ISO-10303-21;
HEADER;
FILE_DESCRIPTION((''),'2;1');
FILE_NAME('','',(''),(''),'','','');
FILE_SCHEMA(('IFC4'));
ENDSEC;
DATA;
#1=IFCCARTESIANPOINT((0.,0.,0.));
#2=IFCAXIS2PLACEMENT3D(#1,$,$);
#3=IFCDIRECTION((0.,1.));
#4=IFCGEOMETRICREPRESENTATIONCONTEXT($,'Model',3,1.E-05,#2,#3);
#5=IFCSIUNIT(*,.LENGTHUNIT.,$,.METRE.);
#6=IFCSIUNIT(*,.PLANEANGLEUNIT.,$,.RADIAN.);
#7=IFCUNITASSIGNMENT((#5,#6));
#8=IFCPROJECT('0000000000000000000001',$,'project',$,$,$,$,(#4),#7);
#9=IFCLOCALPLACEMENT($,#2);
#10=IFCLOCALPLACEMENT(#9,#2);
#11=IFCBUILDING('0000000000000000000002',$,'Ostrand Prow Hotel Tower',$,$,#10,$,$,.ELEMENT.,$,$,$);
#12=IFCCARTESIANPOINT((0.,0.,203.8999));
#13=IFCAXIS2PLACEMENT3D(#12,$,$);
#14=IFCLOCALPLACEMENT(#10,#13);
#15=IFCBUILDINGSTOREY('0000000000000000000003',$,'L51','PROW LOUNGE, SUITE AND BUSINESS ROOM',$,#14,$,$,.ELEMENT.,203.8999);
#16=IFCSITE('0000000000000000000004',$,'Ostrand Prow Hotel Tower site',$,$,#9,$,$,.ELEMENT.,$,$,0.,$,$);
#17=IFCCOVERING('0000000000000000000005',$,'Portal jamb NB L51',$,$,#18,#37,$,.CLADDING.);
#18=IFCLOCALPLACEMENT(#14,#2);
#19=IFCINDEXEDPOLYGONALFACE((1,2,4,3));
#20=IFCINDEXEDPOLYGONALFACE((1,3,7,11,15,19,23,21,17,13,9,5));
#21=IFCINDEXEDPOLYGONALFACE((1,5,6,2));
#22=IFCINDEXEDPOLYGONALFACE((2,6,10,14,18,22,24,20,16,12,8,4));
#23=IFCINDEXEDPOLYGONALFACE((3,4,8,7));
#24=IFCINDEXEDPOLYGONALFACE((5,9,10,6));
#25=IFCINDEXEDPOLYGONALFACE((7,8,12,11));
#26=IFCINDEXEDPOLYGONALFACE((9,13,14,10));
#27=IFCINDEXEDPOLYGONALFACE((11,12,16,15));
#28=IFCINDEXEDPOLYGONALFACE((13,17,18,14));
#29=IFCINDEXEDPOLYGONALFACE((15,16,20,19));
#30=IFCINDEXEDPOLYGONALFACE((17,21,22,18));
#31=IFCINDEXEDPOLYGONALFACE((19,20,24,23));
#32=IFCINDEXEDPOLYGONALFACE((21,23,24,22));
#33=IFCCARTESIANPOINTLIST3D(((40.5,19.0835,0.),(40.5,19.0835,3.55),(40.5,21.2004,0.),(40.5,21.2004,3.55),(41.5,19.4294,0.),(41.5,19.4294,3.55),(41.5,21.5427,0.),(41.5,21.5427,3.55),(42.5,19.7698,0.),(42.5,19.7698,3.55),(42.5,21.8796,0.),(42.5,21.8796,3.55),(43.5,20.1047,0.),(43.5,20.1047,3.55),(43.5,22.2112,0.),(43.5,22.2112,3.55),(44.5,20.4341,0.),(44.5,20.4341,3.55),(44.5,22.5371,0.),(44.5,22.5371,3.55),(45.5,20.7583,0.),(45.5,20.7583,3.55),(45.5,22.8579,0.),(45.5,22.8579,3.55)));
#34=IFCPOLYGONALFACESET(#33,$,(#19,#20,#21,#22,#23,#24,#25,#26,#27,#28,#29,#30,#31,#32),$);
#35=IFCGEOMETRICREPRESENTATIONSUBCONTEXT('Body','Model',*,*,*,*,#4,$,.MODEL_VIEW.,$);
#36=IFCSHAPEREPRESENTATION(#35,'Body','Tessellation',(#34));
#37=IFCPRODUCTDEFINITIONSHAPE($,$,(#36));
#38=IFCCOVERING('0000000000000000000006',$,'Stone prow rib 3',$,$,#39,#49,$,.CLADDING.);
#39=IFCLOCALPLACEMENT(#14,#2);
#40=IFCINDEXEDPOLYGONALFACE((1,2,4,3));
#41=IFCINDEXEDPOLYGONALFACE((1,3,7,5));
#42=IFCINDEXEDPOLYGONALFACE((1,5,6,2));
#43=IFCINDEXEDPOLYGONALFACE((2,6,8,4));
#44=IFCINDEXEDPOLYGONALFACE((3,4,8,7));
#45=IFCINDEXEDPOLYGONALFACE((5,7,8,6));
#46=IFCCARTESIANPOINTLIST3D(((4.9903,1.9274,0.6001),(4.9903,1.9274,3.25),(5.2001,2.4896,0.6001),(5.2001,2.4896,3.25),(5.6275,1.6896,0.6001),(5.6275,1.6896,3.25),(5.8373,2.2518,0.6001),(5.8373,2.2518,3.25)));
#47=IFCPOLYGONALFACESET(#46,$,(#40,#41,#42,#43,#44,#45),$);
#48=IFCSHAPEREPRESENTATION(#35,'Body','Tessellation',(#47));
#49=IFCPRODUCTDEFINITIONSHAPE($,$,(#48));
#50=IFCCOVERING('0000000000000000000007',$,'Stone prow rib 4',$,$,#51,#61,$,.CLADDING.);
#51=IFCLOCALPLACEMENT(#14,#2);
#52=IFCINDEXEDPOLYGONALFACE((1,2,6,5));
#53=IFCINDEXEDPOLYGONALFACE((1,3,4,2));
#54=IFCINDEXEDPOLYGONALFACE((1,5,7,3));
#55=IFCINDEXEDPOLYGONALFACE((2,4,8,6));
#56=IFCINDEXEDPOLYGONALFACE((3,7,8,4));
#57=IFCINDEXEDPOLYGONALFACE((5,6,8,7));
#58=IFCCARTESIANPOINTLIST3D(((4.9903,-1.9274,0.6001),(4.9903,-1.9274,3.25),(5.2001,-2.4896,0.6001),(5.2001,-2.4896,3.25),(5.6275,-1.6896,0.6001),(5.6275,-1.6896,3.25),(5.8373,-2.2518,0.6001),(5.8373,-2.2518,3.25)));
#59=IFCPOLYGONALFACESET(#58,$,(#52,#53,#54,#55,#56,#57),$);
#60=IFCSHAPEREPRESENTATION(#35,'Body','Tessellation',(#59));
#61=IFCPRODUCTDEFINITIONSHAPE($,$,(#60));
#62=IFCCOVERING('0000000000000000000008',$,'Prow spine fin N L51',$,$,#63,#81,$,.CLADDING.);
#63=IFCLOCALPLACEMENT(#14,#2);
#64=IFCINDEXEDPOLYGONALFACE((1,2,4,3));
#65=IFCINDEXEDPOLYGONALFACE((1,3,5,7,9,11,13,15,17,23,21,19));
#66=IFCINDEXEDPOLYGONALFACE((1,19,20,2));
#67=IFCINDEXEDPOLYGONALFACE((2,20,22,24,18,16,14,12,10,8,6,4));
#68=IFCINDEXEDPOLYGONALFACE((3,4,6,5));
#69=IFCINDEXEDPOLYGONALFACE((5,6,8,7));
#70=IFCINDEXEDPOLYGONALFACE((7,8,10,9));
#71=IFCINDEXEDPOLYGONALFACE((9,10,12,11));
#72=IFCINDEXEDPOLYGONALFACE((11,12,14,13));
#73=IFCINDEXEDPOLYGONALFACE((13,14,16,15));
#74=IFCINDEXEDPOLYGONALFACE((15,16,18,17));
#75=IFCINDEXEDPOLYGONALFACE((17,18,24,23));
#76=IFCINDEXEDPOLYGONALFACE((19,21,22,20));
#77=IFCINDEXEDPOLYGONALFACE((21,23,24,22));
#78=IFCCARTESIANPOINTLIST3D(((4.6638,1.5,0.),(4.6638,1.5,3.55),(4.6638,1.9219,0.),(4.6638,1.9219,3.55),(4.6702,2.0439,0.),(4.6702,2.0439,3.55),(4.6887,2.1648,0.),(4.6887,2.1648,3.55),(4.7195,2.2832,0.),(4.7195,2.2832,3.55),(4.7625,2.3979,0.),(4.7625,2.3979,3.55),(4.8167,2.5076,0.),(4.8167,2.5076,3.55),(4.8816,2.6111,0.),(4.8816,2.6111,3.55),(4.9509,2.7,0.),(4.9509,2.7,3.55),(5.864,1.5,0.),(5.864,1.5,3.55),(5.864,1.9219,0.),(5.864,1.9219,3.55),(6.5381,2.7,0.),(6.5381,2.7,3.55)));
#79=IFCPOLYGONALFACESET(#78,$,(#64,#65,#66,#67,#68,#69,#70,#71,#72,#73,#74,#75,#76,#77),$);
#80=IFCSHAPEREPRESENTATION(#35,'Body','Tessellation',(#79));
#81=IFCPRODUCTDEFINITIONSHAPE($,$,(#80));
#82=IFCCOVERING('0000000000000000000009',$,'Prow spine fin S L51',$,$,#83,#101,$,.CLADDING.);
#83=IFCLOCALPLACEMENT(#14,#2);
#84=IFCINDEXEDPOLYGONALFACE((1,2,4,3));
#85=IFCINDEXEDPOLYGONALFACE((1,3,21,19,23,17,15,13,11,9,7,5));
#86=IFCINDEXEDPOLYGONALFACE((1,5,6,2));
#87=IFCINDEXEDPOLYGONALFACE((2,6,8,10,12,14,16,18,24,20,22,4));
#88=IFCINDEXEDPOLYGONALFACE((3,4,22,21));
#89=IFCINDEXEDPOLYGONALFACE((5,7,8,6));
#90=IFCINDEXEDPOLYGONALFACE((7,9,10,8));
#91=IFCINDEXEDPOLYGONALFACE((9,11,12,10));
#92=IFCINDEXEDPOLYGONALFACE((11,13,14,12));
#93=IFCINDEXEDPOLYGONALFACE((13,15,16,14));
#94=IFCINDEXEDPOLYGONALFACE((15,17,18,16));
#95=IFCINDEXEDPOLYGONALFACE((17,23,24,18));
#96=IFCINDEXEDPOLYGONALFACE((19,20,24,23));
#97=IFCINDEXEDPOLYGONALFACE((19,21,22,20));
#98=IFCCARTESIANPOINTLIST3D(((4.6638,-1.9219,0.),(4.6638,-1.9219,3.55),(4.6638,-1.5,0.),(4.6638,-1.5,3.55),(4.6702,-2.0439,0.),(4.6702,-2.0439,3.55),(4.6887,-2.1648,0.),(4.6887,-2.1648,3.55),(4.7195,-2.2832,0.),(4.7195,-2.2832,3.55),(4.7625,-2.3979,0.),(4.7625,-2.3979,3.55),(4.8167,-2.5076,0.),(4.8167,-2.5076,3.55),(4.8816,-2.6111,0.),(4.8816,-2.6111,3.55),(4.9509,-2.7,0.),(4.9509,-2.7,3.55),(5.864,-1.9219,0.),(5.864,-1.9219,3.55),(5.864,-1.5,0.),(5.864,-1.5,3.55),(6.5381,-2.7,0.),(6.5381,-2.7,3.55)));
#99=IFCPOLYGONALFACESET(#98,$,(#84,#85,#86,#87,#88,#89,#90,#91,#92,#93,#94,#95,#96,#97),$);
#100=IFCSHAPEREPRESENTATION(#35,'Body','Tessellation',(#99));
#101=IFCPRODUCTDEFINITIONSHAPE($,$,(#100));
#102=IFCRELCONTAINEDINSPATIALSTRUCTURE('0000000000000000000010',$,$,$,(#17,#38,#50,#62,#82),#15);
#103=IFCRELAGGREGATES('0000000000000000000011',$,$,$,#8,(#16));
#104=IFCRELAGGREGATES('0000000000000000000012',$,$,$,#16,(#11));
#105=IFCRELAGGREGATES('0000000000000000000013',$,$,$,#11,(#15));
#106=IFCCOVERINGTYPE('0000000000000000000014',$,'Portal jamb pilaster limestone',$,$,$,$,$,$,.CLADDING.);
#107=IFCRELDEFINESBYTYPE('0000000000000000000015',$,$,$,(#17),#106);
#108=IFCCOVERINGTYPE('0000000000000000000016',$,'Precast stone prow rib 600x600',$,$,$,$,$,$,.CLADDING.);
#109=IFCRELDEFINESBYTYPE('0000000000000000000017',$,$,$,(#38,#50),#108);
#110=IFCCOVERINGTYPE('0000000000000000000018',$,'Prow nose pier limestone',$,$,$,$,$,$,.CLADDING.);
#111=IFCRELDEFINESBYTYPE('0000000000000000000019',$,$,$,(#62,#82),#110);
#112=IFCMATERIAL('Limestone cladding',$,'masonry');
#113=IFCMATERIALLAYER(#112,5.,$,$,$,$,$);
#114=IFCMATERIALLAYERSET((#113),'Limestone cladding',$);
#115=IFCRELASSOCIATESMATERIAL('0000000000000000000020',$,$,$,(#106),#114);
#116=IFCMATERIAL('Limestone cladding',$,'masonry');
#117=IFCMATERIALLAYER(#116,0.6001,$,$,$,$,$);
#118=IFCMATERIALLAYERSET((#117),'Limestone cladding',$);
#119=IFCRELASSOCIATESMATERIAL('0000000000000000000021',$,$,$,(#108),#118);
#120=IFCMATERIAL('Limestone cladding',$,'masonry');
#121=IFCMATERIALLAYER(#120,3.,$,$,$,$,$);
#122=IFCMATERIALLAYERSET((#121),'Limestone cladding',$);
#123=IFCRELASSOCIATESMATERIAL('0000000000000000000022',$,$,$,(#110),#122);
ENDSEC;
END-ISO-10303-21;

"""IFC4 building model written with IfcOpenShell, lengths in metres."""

from ifc_helpers import new_model, si_unit, direction, frame, frame_2d, origin, place, context, subcontext, project, spatial, polyline, rectangle, outline, extrude, material, layer, layer_set, type_object, element, save


model = new_model("IFC4")

# Units and contexts
model_context = context("Model", 3, precision=1e-05, world=origin(), true_north=direction((0.0, 1.0)))
body_context = subcontext(model_context, "Body", "Model", "MODEL_VIEW")
ifc_project = project(units=[si_unit("LENGTHUNIT", "METRE"), si_unit("PLANEANGLEUNIT", "RADIAN")], contexts=[model_context])

# Site, building, storey
site_placement = place(None, origin())
site = spatial("IfcSite", under=ifc_project, at=site_placement, Name="Ostrand Prow Hotel Tower site", CompositionType="ELEMENT", RefElevation=0.0)
building_placement = place(site_placement, origin())
building = spatial("IfcBuilding", under=site, at=building_placement, Name="Ostrand Prow Hotel Tower", CompositionType="ELEMENT")
storey_placement = place(building_placement, frame((0.0, 0.0, 203.8999)))
storey = spatial("IfcBuildingStorey", under=building, at=storey_placement, Name="L51", Description="PROW LOUNGE, SUITE AND BUSINESS ROOM", CompositionType="ELEMENT", Elevation=203.8999)

# Coverings
ifc_material_1 = material(Name="Limestone cladding", Category="masonry")
ifc_layer_1 = layer(ifc_material_1, 5.0)
ifc_layer_set_1 = layer_set([ifc_layer_1], Name="Limestone cladding")
covering_type_1 = type_object("IfcCoveringType", Name="Portal jamb pilaster limestone", PredefinedType="CLADDING", material=ifc_layer_set_1)
covering_1_placement = place(storey_placement, origin())
element("IfcCovering", 1, at=covering_1_placement, inside=storey, type_object=covering_type_1, Name="Portal jamb NB L51", PredefinedType="CLADDING", context=body_context, shape_type="SweptSolid", body=[
    extrude(outline(polyline([(40.5, 19.0835), (41.5, 19.4294), (42.5, 19.7698), (43.5, 20.1047), (44.5, 20.4341), (45.5, 20.7583), (45.5, 22.8579), (44.5, 22.5371), (43.5, 22.2112), (42.5, 21.8796), (41.5, 21.5427), (40.5, 21.2004), (40.5, 19.0835)])), origin(), (0.0, 0.0, 1.0), 3.55),
])
ifc_material_2 = material(Name="Limestone cladding", Category="masonry")
ifc_layer_2 = layer(ifc_material_2, 0.6001)
ifc_layer_set_2 = layer_set([ifc_layer_2], Name="Limestone cladding")
covering_type_2 = type_object("IfcCoveringType", Name="Precast stone prow rib 600x600", PredefinedType="CLADDING", material=ifc_layer_set_2)
for number, where, z_axis, x_axis, name in (
    (2, (5.7324, 1.9707, 0.6001), (0.0, 0.0, 1.0), (-0.936889, 0.349628, 0.0), "Stone prow rib 3"),
    (3, (5.7324, -1.9707, 0.6001), (0.0, 0.0, 1.0), (-0.936889, -0.349628, 0.0), "Stone prow rib 4"),
):
    element("IfcCovering", number, at=place(storey_placement, frame(where, z_axis=z_axis, x_axis=x_axis)), inside=storey, type_object=covering_type_2, Name=name, PredefinedType="CLADDING", context=body_context, shape_type="SweptSolid", body=[
        extrude(rectangle(XDim=0.6802, YDim=0.6001, at=frame_2d((0.3401, 0.0))), origin(), (0.0, 0.0, 1.0), 2.6499),
    ])
ifc_material_3 = material(Name="Limestone cladding", Category="masonry")
ifc_layer_3 = layer(ifc_material_3, 3.0)
ifc_layer_set_3 = layer_set([ifc_layer_3], Name="Limestone cladding")
covering_type_3 = type_object("IfcCoveringType", Name="Prow nose pier limestone", PredefinedType="CLADDING", material=ifc_layer_set_3)
covering_2_placement = place(storey_placement, origin())
element("IfcCovering", 4, at=covering_2_placement, inside=storey, type_object=covering_type_3, Name="Prow spine fin N L51", PredefinedType="CLADDING", context=body_context, shape_type="SweptSolid", body=[
    extrude(outline(polyline([(4.6638, 1.9219), (4.6638, 1.5), (5.864, 1.5), (5.864, 1.9219), (6.5381, 2.7), (4.9509, 2.7), (4.8816, 2.6111), (4.8167, 2.5076), (4.7625, 2.3979), (4.7195, 2.2832), (4.6887, 2.1648), (4.6702, 2.0439), (4.6638, 1.9219)])), origin(), (0.0, 0.0, 1.0), 3.55),
])
covering_3_placement = place(storey_placement, origin())
element("IfcCovering", 5, at=covering_3_placement, inside=storey, type_object=covering_type_3, Name="Prow spine fin S L51", PredefinedType="CLADDING", context=body_context, shape_type="SweptSolid", body=[
    extrude(outline(polyline([(4.8816, -2.6111), (4.9509, -2.7), (6.5381, -2.7), (5.864, -1.9219), (5.864, -1.5), (4.6638, -1.5), (4.6638, -1.9219), (4.6702, -2.0439), (4.6887, -2.1648), (4.7195, -2.2832), (4.7625, -2.3979), (4.8167, -2.5076), (4.8816, -2.6111)])), origin(), (0.0, 0.0, 1.0), 3.55),
])

save(model, "model.ifc")
